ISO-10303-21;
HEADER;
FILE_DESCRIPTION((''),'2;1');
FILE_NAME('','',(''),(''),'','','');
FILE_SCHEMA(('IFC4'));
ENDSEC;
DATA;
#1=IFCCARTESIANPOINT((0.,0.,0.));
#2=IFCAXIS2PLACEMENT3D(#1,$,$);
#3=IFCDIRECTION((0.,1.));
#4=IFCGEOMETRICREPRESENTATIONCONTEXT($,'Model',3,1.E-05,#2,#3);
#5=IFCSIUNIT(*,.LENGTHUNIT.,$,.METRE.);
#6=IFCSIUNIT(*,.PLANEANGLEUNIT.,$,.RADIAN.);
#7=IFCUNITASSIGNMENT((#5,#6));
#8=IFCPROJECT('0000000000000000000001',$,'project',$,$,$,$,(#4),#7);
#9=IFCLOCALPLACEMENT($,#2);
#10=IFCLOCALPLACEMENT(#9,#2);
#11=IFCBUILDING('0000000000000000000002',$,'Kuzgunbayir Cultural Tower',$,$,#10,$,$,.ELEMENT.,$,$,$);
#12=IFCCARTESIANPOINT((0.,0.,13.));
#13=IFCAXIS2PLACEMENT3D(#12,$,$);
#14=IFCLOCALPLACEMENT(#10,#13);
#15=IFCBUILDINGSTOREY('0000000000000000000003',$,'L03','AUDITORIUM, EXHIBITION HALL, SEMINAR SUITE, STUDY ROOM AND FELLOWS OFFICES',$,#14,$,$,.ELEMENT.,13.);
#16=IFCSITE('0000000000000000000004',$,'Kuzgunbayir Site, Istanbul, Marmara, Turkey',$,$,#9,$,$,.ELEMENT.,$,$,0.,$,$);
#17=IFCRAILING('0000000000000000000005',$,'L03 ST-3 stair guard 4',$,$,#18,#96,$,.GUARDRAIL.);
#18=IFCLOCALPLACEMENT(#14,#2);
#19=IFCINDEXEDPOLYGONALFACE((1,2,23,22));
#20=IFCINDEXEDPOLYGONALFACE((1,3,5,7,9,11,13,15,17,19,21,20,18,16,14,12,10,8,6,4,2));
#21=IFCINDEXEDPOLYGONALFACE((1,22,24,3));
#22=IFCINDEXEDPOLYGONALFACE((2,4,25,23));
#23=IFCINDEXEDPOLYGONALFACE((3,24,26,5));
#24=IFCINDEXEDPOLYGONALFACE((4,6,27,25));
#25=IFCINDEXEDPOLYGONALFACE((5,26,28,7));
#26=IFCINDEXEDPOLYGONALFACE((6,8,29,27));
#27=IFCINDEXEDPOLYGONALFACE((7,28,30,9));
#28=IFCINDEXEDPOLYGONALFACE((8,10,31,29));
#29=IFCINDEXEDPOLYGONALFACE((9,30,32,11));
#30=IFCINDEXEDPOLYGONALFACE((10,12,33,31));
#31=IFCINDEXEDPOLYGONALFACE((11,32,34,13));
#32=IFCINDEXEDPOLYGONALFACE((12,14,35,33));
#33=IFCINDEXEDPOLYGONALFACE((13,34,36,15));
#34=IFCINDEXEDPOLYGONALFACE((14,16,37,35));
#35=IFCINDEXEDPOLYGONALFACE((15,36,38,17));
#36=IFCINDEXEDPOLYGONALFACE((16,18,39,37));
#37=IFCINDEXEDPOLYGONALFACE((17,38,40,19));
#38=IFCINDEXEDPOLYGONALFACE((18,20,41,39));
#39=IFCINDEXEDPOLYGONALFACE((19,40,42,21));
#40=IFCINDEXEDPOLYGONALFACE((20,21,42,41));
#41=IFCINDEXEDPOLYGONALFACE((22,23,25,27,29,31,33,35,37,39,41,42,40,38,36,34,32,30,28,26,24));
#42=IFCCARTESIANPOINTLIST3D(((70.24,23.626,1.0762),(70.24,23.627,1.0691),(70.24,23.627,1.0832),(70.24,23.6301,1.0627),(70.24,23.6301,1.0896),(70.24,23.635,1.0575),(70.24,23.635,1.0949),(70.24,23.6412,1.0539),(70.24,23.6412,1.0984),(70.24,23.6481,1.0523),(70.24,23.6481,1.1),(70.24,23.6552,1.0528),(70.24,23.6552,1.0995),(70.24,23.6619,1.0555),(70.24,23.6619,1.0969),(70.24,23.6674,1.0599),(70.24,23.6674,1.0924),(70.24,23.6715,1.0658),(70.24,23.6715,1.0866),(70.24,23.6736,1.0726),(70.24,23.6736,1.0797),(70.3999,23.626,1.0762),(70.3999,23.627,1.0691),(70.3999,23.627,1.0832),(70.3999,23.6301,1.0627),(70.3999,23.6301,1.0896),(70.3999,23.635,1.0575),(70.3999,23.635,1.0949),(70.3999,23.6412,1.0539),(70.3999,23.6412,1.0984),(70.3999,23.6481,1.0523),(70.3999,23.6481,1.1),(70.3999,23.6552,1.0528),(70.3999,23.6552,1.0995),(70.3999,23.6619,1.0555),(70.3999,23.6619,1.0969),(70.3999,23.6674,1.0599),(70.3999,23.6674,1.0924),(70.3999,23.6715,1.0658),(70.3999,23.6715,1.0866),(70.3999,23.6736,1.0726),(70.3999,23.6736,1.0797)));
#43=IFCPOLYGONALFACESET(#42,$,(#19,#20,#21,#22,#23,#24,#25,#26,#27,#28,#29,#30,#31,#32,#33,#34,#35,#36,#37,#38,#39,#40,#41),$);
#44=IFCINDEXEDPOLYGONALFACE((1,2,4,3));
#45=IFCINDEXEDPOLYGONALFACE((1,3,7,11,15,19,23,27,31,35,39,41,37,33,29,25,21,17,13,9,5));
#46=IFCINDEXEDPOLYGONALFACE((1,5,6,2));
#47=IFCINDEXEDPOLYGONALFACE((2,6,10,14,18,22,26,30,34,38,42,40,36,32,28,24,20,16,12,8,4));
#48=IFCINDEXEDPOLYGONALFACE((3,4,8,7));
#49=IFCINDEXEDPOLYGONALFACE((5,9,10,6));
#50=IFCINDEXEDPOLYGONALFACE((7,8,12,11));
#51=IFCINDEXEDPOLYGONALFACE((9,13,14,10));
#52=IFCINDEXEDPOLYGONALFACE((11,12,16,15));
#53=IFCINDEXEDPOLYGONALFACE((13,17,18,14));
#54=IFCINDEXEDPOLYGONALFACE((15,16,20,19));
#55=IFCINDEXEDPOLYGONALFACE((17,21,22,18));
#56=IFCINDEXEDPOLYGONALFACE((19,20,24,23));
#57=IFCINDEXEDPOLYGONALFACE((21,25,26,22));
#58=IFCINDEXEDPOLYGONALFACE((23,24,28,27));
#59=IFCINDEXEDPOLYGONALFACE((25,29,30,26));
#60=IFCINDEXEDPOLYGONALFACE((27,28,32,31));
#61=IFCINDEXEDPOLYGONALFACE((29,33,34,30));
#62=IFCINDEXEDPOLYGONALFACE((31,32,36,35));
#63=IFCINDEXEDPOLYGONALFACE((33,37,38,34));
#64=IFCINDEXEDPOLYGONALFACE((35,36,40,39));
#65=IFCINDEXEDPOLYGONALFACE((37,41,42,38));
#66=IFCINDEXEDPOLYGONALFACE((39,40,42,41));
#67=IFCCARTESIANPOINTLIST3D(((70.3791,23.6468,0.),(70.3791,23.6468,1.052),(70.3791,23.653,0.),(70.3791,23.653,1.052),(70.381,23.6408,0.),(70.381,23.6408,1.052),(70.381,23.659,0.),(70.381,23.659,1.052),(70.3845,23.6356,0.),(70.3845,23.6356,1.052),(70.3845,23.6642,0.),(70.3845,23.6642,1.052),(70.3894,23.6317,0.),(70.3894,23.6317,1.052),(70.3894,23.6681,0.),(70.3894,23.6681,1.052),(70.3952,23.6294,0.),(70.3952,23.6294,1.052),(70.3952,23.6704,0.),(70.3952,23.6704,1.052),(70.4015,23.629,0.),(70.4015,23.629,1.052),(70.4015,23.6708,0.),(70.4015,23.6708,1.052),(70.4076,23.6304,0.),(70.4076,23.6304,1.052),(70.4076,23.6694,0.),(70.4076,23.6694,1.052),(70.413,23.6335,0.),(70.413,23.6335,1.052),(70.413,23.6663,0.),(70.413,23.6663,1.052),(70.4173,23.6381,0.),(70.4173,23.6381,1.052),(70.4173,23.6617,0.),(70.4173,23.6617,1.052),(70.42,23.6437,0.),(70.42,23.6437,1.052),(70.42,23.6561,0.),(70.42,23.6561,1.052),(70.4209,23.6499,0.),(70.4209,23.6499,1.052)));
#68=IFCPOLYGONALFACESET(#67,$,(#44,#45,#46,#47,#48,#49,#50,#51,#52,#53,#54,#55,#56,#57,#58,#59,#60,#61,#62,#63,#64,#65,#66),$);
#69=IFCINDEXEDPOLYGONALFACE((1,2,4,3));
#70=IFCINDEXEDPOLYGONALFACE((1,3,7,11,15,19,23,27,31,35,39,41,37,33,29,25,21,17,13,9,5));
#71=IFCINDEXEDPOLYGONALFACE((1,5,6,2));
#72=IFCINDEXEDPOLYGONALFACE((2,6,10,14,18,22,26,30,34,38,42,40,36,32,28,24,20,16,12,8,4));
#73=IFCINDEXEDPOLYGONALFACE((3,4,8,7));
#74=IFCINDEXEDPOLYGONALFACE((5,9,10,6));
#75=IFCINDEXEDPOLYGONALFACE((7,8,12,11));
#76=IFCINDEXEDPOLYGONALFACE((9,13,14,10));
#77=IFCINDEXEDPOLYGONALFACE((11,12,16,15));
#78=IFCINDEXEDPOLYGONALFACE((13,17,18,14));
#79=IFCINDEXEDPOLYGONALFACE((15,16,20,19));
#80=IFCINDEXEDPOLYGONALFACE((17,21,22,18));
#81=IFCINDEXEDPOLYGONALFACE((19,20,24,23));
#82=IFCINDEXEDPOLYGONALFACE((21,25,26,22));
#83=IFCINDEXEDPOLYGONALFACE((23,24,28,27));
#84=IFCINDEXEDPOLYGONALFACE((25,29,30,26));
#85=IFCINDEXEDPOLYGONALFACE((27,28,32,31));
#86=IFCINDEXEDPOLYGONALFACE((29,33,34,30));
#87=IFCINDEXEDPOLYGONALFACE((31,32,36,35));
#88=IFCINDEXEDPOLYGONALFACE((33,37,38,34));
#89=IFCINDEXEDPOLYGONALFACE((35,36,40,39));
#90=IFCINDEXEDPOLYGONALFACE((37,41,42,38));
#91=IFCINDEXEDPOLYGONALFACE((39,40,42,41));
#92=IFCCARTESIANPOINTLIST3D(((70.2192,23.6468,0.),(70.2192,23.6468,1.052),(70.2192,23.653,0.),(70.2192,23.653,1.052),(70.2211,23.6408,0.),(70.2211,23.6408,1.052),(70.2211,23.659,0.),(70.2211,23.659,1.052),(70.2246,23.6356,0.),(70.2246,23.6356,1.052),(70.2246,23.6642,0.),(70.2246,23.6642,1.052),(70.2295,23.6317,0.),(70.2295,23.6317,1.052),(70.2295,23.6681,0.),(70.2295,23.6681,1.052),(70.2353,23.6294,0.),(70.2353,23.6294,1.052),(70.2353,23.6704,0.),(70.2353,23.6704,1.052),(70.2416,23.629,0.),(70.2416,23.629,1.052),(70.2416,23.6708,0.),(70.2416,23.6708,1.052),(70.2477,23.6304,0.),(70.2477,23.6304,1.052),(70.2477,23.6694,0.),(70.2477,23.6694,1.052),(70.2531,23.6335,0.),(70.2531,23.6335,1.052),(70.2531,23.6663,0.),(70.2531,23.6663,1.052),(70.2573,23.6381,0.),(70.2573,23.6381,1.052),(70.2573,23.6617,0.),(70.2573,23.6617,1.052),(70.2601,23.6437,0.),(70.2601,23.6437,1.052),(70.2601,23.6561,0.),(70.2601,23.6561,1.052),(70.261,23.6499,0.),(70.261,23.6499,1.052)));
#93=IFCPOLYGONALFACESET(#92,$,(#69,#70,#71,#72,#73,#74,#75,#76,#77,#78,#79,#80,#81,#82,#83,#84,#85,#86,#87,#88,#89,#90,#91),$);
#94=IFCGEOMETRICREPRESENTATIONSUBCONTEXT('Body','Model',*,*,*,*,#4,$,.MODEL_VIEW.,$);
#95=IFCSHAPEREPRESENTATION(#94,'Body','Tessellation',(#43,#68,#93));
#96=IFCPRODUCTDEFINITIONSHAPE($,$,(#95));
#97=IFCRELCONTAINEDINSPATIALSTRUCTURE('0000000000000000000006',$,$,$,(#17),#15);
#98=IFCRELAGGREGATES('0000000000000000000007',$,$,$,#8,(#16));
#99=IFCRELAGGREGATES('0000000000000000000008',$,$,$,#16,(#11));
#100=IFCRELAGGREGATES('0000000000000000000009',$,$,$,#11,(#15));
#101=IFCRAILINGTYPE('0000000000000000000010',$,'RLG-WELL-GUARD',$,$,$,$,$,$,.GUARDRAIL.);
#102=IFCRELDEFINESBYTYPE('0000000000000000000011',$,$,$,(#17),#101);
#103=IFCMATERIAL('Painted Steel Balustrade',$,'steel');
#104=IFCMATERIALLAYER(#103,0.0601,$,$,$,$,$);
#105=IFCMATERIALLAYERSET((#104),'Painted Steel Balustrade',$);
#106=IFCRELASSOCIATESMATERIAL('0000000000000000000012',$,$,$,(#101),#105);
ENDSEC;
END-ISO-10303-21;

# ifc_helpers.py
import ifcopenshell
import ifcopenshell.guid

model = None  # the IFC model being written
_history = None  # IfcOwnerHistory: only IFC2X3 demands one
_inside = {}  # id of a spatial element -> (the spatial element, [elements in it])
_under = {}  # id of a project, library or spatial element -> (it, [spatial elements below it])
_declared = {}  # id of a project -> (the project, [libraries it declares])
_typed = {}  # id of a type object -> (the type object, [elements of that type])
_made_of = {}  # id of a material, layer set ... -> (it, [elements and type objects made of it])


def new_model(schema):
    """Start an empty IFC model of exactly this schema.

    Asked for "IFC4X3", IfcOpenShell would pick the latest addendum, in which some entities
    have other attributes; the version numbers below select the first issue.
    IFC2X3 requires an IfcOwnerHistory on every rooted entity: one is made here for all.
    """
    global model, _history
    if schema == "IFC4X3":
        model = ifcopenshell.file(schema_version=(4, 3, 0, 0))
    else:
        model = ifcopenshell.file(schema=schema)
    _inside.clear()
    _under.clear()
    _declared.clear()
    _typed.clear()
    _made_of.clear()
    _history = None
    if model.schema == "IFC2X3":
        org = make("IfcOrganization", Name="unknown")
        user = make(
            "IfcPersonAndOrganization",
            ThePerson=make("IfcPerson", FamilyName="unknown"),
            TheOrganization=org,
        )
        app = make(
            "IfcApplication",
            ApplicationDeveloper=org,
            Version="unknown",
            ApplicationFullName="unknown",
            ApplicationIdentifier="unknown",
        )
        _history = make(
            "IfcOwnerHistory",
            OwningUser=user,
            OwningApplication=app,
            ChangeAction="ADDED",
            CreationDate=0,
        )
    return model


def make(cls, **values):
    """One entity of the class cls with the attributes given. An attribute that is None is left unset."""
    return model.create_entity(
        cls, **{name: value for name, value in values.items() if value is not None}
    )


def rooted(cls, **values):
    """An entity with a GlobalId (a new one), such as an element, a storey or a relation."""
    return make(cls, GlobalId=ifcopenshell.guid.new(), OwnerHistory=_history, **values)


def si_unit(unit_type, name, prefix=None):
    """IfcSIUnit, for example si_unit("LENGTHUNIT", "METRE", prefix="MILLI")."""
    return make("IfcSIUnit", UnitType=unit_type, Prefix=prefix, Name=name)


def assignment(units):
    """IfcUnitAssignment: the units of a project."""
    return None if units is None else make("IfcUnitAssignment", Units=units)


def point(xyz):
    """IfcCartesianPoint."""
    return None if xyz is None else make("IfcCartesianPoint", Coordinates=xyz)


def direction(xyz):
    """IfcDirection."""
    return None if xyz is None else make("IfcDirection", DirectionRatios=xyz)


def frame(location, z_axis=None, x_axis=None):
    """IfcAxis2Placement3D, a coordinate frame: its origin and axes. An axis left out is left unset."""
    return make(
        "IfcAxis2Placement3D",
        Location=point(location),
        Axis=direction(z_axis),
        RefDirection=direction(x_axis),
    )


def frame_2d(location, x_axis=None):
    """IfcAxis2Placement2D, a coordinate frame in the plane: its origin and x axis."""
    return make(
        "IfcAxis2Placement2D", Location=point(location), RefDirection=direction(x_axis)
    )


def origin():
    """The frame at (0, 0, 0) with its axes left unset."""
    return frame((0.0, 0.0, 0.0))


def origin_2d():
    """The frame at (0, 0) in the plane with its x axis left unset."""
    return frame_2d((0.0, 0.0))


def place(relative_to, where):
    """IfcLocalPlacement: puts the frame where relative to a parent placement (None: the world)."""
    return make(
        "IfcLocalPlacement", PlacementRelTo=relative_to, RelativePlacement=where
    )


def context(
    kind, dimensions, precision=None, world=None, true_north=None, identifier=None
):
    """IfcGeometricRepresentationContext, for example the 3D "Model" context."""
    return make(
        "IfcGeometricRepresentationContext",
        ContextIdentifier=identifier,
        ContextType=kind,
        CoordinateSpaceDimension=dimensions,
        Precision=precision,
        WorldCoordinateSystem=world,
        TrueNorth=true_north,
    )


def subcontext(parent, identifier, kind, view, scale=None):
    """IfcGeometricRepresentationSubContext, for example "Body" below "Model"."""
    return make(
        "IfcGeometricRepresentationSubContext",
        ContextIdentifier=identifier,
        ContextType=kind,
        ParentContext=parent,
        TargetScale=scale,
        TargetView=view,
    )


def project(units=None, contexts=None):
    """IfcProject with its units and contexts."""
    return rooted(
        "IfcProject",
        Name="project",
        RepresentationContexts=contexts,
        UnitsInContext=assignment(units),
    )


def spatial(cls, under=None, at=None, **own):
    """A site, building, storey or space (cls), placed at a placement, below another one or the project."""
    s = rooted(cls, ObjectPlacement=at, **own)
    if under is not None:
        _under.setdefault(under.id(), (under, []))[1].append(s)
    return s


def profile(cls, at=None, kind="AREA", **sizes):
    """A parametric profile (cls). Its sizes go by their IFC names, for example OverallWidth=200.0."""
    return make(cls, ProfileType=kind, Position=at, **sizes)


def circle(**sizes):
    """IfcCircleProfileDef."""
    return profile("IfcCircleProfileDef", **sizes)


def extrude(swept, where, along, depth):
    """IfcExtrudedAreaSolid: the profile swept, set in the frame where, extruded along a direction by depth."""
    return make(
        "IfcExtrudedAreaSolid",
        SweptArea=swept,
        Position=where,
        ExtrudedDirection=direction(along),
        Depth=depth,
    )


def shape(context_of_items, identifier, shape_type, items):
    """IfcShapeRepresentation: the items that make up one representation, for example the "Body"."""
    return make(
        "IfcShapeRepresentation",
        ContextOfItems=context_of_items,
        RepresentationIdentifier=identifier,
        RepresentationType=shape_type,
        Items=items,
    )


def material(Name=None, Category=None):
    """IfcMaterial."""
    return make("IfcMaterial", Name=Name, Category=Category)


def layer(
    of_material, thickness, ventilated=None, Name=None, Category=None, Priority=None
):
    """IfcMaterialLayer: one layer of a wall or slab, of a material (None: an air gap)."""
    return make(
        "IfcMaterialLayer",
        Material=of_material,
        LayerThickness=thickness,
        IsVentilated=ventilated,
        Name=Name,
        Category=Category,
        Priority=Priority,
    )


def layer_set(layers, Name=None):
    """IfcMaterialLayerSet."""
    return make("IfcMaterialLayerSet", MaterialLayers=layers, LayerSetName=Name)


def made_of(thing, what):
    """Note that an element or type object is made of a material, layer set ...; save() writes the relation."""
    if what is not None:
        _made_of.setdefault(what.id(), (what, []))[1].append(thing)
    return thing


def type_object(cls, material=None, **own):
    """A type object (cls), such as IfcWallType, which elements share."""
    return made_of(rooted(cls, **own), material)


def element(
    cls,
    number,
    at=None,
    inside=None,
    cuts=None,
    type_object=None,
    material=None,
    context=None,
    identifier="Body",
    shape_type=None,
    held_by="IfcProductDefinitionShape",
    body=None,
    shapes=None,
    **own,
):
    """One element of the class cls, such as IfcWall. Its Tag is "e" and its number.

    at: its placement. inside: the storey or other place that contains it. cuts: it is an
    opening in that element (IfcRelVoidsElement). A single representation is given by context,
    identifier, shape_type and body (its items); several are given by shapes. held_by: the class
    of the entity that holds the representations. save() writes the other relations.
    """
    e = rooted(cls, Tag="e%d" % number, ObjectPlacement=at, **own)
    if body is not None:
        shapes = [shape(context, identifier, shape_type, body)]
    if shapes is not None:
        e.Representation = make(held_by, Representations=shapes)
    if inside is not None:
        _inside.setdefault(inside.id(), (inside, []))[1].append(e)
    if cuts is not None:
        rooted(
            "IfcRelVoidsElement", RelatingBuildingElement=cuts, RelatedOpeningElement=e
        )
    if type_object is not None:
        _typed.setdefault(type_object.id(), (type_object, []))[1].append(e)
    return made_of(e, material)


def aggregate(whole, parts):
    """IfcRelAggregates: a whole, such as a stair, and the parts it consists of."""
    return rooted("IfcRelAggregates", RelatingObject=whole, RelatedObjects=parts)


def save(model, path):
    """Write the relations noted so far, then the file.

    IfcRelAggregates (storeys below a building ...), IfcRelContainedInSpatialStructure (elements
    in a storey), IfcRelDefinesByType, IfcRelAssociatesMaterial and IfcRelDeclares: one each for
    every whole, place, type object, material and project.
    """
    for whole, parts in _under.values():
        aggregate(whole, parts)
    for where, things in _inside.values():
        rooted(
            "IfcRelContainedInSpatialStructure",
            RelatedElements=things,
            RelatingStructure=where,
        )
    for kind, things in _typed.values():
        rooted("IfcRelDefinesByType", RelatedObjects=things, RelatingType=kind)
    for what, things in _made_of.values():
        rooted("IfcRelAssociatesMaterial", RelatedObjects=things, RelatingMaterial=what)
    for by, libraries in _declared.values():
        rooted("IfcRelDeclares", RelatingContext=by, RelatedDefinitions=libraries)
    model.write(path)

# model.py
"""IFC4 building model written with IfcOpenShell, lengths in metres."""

from ifc_helpers import new_model, si_unit, direction, frame, origin, origin_2d, place, context, subcontext, project, spatial, circle, extrude, material, layer, layer_set, type_object, element, save


model = new_model("IFC4")

# Units and contexts
model_context = context("Model", 3, precision=1e-05, world=origin(), true_north=direction((0.0, 1.0)))
body_context = subcontext(model_context, "Body", "Model", "MODEL_VIEW")
ifc_project = project(units=[si_unit("LENGTHUNIT", "METRE"), si_unit("PLANEANGLEUNIT", "RADIAN")], contexts=[model_context])

# Site, building, storey
site_placement = place(None, origin())
site = spatial("IfcSite", under=ifc_project, at=site_placement, Name="Kuzgunbayir Site, Istanbul, Marmara, Turkey", CompositionType="ELEMENT", RefElevation=0.0)
building_placement = place(site_placement, origin())
building = spatial("IfcBuilding", under=site, at=building_placement, Name="Kuzgunbayir Cultural Tower", CompositionType="ELEMENT")
storey_placement = place(building_placement, frame((0.0, 0.0, 13.0)))
storey = spatial("IfcBuildingStorey", under=building, at=storey_placement, Name="L03", Description="AUDITORIUM, EXHIBITION HALL, SEMINAR SUITE, STUDY ROOM AND FELLOWS OFFICES", CompositionType="ELEMENT", Elevation=13.0)

# Railing
ifc_material_1 = material(Name="Painted Steel Balustrade", Category="steel")
ifc_layer_1 = layer(ifc_material_1, 0.0601)
ifc_layer_set_1 = layer_set([ifc_layer_1], Name="Painted Steel Balustrade")
railing_type = type_object("IfcRailingType", Name="RLG-WELL-GUARD", PredefinedType="GUARDRAIL", material=ifc_layer_set_1)
railing_1_placement = place(storey_placement, frame((70.3999, 23.6499, 0.0)))
element("IfcRailing", 1, at=railing_1_placement, inside=storey, type_object=railing_type, Name="L03 ST-3 stair guard 4", PredefinedType="GUARDRAIL", context=body_context, shape_type="SweptSolid", body=[
    extrude(circle(Radius=0.0239, at=origin_2d()), frame((0.0, 0.0, 1.0762), z_axis=(-1.0, 0.0, 0.0), x_axis=(0.0, -1.0, 0.0)), (0.0, 0.0, 1.0), 0.1599),
    extrude(circle(Radius=0.021, at=origin_2d()), origin(), (0.0, 0.0, 1.0), 1.052),
    extrude(circle(Radius=0.021, at=origin_2d()), frame((-0.1599, 0.0, 0.0)), (0.0, 0.0, 1.0), 1.052),
])

save(model, "model.ifc")
